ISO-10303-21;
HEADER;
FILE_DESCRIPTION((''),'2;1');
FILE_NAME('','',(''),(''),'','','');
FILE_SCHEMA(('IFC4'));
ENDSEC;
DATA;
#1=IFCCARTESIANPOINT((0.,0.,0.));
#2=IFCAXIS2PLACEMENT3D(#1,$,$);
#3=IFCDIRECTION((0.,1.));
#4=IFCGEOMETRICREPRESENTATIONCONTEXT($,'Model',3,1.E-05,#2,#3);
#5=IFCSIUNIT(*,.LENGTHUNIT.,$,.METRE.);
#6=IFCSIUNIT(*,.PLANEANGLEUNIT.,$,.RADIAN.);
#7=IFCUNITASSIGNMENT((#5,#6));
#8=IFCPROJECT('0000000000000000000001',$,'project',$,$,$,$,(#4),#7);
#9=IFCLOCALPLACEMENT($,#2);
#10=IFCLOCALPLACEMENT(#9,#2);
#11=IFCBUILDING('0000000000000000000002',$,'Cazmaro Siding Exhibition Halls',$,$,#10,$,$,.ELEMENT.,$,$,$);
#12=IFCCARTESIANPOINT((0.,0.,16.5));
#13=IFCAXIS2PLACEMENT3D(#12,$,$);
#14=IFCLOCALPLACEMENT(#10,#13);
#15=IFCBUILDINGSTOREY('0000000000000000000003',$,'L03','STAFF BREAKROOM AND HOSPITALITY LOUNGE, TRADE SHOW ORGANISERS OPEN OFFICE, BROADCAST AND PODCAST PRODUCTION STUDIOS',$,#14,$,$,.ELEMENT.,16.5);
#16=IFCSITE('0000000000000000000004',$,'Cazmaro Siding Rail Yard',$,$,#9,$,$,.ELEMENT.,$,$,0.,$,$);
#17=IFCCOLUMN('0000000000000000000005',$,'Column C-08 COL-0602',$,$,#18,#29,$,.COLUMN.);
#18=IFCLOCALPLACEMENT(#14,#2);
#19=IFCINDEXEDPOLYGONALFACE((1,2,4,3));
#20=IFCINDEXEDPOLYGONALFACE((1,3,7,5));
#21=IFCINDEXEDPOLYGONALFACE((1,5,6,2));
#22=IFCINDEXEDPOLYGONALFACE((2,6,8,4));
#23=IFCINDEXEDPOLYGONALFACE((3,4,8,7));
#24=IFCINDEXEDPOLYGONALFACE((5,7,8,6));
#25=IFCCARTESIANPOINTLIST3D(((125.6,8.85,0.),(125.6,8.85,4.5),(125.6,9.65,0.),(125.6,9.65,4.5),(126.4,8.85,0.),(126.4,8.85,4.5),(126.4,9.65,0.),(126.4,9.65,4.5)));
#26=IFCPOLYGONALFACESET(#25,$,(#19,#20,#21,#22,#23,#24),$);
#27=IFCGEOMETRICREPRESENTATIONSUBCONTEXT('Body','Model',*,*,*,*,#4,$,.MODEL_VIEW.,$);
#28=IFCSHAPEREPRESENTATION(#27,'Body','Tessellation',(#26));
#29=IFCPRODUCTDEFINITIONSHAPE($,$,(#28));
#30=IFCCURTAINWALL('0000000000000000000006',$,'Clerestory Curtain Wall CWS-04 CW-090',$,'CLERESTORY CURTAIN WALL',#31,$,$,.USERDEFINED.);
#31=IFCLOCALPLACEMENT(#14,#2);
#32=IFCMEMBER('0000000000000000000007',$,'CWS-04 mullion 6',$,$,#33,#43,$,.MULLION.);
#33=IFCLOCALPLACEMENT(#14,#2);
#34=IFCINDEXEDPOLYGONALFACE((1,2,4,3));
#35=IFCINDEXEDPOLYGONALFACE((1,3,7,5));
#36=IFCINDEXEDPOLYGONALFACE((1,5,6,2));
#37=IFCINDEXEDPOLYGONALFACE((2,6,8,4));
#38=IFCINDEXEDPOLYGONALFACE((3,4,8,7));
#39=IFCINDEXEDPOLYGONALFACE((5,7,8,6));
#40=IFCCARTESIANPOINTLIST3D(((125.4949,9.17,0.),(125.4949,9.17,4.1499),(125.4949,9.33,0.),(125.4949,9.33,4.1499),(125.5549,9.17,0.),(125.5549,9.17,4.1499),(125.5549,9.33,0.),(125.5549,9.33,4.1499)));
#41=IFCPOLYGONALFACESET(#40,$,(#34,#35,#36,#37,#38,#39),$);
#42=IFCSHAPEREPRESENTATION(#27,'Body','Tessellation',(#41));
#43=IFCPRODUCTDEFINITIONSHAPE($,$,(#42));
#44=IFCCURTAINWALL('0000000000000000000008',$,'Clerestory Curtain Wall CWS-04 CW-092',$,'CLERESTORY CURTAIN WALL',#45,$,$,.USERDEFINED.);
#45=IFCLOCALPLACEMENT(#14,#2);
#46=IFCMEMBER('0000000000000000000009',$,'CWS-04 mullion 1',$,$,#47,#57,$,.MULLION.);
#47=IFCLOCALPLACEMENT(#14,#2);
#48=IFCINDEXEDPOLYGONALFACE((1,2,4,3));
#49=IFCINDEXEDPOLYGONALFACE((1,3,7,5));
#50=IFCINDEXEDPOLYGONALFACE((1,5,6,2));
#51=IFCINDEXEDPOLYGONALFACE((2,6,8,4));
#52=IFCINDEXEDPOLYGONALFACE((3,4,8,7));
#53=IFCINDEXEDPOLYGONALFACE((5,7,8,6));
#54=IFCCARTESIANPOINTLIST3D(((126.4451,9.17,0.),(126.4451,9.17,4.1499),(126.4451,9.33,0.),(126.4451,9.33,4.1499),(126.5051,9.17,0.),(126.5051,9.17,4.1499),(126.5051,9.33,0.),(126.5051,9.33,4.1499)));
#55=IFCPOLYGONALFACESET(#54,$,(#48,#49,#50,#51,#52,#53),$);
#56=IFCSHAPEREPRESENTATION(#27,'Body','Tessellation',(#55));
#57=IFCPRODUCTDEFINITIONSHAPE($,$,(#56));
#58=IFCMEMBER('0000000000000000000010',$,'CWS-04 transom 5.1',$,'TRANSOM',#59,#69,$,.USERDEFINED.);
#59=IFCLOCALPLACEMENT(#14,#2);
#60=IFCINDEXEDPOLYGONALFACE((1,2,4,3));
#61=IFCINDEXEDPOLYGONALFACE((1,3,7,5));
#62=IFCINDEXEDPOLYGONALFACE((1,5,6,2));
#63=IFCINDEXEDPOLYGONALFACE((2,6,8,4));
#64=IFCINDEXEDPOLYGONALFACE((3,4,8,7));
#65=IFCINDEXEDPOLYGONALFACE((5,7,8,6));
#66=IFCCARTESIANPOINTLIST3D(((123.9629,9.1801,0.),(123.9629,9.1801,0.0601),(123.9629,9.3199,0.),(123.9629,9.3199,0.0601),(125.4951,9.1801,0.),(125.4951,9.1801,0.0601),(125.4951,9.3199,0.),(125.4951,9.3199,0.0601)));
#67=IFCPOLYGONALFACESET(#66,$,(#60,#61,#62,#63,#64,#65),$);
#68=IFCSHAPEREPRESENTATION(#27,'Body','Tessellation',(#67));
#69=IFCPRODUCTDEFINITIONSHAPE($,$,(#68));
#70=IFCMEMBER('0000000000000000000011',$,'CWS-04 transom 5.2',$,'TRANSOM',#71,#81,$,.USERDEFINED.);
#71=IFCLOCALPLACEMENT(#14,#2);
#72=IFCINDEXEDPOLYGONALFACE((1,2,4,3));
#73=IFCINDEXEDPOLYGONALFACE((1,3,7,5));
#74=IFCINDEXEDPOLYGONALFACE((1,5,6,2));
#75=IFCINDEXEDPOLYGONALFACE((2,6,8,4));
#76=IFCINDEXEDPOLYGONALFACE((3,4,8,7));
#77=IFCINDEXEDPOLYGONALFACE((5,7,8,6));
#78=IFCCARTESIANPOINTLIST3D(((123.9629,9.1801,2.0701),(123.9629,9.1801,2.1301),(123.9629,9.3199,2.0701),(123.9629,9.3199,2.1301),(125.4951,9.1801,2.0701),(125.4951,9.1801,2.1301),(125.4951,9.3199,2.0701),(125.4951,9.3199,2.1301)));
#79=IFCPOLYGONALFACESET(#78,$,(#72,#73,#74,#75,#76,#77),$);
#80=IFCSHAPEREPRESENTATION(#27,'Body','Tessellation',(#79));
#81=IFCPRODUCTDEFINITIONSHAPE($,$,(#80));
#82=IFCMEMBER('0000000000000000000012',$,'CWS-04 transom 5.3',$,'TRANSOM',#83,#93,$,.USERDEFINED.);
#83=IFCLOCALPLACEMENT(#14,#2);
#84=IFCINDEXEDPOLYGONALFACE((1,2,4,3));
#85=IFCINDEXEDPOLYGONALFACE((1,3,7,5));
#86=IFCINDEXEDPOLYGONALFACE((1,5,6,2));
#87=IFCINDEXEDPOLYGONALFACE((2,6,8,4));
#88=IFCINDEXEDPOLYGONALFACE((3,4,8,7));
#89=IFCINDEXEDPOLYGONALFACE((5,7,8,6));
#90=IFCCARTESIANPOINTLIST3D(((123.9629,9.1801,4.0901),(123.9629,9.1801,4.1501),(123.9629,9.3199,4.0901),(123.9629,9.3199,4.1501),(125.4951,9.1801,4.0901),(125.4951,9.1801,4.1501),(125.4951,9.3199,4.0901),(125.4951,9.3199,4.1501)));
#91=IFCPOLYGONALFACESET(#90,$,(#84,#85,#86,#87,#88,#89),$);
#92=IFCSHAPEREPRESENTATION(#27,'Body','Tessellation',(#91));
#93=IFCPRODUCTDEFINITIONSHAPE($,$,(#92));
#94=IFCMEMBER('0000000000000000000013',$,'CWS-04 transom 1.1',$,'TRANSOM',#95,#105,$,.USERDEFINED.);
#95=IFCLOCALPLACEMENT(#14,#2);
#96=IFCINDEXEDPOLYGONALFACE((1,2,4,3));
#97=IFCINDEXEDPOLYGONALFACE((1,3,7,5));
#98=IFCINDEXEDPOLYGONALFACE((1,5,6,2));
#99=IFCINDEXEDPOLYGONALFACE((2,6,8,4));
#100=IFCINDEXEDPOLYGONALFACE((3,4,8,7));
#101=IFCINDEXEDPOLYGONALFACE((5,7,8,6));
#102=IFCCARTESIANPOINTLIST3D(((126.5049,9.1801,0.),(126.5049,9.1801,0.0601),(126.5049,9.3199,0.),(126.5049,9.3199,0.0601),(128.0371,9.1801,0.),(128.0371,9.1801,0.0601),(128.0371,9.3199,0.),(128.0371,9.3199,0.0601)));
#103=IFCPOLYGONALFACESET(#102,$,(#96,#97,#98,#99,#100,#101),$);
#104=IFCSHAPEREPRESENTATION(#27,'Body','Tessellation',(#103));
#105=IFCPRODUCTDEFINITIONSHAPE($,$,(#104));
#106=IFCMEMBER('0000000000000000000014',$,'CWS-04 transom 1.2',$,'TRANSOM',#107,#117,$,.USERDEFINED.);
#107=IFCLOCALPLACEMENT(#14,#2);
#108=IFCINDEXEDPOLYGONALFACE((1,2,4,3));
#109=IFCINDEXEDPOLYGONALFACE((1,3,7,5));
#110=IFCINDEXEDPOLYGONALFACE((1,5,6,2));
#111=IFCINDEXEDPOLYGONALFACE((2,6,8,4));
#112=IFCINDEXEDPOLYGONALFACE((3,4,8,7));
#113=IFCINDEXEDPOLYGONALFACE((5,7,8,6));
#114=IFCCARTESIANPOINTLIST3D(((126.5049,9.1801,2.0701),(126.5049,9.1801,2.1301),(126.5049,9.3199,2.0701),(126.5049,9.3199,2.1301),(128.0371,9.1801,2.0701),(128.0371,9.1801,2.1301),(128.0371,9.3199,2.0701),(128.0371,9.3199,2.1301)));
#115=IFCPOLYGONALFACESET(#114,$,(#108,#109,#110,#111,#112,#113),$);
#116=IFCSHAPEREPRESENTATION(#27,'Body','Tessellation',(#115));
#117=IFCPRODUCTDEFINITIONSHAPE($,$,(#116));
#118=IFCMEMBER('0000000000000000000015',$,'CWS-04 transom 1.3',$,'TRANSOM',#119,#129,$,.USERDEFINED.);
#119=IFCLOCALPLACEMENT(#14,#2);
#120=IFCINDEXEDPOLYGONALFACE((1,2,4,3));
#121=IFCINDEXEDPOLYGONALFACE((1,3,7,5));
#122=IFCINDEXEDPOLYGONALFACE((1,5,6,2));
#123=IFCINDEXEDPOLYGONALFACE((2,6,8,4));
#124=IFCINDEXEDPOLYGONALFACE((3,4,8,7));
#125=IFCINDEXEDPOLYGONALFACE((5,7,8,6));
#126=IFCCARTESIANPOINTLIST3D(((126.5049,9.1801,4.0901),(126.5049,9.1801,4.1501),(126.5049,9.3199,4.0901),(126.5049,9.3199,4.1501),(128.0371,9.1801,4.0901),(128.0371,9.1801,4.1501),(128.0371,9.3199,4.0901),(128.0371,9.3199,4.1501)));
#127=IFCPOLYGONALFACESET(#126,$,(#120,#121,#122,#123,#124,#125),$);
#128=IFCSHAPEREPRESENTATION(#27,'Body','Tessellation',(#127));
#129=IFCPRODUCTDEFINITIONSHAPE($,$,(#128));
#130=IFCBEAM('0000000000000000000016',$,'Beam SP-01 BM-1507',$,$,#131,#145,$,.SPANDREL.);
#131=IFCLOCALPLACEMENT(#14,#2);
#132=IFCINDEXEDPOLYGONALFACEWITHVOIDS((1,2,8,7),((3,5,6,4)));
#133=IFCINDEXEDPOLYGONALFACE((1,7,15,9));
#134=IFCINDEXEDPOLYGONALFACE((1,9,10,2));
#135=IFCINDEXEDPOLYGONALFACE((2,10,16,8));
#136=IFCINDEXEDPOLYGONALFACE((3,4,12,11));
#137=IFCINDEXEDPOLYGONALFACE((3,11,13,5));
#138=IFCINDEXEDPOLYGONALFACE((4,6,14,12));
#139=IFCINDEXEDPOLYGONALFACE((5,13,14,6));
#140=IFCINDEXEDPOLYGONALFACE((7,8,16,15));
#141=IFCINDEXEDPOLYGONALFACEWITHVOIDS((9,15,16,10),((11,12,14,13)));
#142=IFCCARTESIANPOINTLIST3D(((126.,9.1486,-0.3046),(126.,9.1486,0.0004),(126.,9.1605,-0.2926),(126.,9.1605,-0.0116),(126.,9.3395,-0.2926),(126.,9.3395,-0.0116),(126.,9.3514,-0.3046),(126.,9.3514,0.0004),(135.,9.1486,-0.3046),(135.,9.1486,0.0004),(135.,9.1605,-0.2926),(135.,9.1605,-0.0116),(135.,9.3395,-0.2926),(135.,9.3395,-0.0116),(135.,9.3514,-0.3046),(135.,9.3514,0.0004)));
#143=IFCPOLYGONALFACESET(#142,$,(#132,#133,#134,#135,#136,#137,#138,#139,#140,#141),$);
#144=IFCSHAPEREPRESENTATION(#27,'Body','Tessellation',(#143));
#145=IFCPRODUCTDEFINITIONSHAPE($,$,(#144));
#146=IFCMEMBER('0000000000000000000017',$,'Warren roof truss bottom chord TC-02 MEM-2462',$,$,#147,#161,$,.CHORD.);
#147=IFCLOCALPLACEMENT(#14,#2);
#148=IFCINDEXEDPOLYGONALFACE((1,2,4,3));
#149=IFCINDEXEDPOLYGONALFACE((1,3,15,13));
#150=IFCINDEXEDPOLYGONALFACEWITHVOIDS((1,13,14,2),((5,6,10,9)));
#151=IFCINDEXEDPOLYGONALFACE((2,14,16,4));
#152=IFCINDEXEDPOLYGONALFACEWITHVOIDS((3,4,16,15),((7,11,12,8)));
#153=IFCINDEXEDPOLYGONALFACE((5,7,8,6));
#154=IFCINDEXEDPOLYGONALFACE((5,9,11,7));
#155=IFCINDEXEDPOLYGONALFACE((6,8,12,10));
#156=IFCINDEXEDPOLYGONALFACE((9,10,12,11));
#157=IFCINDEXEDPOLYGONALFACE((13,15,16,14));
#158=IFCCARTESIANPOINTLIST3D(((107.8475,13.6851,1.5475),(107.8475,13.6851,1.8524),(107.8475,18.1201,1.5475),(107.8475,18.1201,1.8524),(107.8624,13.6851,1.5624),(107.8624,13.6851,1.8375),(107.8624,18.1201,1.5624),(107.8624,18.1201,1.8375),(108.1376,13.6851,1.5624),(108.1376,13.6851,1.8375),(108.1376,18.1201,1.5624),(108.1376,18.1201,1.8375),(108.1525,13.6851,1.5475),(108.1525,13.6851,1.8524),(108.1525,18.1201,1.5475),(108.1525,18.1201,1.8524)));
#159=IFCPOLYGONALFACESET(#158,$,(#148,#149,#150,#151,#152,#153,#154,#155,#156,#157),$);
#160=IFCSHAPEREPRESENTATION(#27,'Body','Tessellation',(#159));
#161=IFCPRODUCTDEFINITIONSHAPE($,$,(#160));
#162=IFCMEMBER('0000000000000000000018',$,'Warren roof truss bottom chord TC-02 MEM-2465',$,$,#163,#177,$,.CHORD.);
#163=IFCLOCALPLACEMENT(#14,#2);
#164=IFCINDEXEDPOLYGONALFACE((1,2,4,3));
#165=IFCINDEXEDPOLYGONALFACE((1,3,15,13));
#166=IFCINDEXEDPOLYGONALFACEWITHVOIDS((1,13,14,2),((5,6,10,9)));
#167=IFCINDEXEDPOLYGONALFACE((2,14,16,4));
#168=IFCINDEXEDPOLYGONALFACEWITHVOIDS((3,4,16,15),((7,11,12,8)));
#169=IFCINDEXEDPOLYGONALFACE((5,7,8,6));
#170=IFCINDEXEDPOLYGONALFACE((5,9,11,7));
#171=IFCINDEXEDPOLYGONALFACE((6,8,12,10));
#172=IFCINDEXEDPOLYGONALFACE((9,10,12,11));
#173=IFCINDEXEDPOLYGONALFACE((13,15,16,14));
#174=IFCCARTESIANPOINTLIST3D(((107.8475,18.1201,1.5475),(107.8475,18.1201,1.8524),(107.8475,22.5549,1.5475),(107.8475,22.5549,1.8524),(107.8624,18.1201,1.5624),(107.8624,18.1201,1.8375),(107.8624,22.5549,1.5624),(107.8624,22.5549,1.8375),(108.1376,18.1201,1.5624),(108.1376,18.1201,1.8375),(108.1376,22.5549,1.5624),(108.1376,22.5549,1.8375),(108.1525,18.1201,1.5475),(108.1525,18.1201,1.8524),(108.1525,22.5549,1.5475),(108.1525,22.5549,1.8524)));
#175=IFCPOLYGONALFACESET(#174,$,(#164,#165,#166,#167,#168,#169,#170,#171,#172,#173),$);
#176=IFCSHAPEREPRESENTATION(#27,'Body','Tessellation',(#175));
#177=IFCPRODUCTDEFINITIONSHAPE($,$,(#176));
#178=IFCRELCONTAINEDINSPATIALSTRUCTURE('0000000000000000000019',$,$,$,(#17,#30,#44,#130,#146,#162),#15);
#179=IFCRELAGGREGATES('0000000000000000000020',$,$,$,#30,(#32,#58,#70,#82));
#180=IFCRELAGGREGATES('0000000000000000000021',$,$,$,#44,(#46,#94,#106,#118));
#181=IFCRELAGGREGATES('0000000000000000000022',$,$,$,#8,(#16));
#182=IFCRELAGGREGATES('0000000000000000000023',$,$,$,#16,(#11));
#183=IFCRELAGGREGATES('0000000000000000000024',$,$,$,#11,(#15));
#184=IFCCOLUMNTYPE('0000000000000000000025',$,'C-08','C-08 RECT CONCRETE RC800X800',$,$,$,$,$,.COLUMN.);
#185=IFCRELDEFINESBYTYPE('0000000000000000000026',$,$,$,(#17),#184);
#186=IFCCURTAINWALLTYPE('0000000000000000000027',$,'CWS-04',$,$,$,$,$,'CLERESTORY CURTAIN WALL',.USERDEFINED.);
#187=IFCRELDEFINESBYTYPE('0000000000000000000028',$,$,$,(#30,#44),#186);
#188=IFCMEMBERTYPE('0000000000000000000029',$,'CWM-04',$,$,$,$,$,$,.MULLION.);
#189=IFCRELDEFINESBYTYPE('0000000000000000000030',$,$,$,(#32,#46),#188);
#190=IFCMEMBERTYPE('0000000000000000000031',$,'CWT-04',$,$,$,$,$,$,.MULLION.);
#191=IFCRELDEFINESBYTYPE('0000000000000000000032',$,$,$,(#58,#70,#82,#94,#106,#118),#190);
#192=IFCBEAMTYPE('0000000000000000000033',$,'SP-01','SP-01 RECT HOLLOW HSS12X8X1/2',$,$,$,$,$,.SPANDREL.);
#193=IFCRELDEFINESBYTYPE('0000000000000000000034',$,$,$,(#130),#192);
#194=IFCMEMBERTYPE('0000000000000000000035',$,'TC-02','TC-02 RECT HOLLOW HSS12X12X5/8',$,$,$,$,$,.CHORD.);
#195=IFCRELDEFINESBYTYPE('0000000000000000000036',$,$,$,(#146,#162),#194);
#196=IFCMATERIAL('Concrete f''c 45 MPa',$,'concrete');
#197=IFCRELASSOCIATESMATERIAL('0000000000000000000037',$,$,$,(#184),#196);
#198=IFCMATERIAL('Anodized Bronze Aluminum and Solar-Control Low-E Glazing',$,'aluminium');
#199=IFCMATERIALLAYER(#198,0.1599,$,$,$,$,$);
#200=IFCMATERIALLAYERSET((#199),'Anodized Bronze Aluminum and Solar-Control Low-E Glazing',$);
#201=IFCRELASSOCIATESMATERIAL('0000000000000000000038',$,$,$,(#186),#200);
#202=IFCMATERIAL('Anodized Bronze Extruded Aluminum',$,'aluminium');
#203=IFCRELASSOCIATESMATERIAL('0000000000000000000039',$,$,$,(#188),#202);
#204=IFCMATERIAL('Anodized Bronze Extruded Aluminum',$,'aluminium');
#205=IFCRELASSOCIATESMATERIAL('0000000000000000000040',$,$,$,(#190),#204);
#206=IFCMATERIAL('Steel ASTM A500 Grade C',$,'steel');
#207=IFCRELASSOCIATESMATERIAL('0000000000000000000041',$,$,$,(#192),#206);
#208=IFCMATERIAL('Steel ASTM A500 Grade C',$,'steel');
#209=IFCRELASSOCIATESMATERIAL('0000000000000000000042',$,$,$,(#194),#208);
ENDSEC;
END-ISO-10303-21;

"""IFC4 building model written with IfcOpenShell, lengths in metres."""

from ifc_helpers import new_model, si_unit, direction, frame, origin, origin_2d, place, context, subcontext, project, spatial, rectangle, hollow_rectangle, extrude, material, layer, layer_set, material_profile, profile_set, type_object, element, aggregate, save


model = new_model("IFC4")

# Units and contexts
model_context = context("Model", 3, precision=1e-05, world=origin(), true_north=direction((0.0, 1.0)))
body_context = subcontext(model_context, "Body", "Model", "MODEL_VIEW")
ifc_project = project(units=[si_unit("LENGTHUNIT", "METRE"), si_unit("PLANEANGLEUNIT", "RADIAN")], contexts=[model_context])

# Site, building, storey
site_placement = place(None, origin())
site = spatial("IfcSite", under=ifc_project, at=site_placement, Name="Cazmaro Siding Rail Yard", CompositionType="ELEMENT", RefElevation=0.0)
building_placement = place(site_placement, origin())
building = spatial("IfcBuilding", under=site, at=building_placement, Name="Cazmaro Siding Exhibition Halls", CompositionType="ELEMENT")
storey_placement = place(building_placement, frame((0.0, 0.0, 16.5)))
storey = spatial("IfcBuildingStorey", under=building, at=storey_placement, Name="L03", Description="STAFF BREAKROOM AND HOSPITALITY LOUNGE, TRADE SHOW ORGANISERS OPEN OFFICE, BROADCAST AND PODCAST PRODUCTION STUDIOS", CompositionType="ELEMENT", Elevation=16.5)

# Column
ifc_material_1 = material(Name="Concrete f'c 45 MPa", Category="concrete")
ifc_material_profile_1 = material_profile(ifc_material_1, rectangle(XDim=0.8, YDim=0.8, at=origin_2d()), Name="RC800X800")
ifc_profile_set_1 = profile_set([ifc_material_profile_1], Name="Concrete f'c 45 MPa")
column_type = type_object("IfcColumnType", Name="C-08", Description="C-08 RECT CONCRETE RC800X800", PredefinedType="COLUMN", material=ifc_profile_set_1)
column_placement = place(storey_placement, frame((126.0, 9.25, 0.0), z_axis=(0.0, 0.0, 1.0), x_axis=(1.0, 0.0, 0.0)))
element("IfcColumn", 1, at=column_placement, inside=storey, type_object=column_type, Name="Column C-08 COL-0602", PredefinedType="COLUMN", context=body_context, shape_type="SweptSolid", body=[
    extrude(rectangle(XDim=0.8, YDim=0.8, at=origin_2d()), origin(), (0.0, 0.0, 1.0), 4.5),
])

# Curtain walls, members
ifc_material_2 = material(Name="Anodized Bronze Aluminum and Solar-Control Low-E Glazing", Category="aluminium")
ifc_layer_1 = layer(ifc_material_2, 0.1599)
ifc_layer_set_1 = layer_set([ifc_layer_1], Name="Anodized Bronze Aluminum and Solar-Control Low-E Glazing")
curtain_wall_type = type_object("IfcCurtainWallType", Name="CWS-04", ElementType="CLERESTORY CURTAIN WALL", PredefinedType="USERDEFINED", material=ifc_layer_set_1)
curtain_wall_1_placement = place(storey_placement, origin())
curtain_wall_1 = element("IfcCurtainWall", 2, at=curtain_wall_1_placement, inside=storey, type_object=curtain_wall_type, Name="Clerestory Curtain Wall CWS-04 CW-090", ObjectType="CLERESTORY CURTAIN WALL", PredefinedType="USERDEFINED")
ifc_material_3 = material(Name="Anodized Bronze Extruded Aluminum", Category="aluminium")
ifc_material_profile_2 = material_profile(ifc_material_3, rectangle(XDim=0.1599, YDim=0.0601, at=origin_2d()), Name="CWM-04")
ifc_profile_set_2 = profile_set([ifc_material_profile_2], Name="Anodized Bronze Extruded Aluminum")
member_type_1 = type_object("IfcMemberType", Name="CWM-04", PredefinedType="MULLION", material=ifc_profile_set_2)
member_1_placement = place(storey_placement, frame((125.5249, 9.25, 0.0), z_axis=(0.0, 0.0, 1.0), x_axis=(0.0, 1.0, 0.0)))
member_1 = element("IfcMember", 3, at=member_1_placement, type_object=member_type_1, Name="CWS-04 mullion 6", PredefinedType="MULLION", context=body_context, shape_type="SweptSolid", body=[
    extrude(rectangle(XDim=0.1599, YDim=0.0601, at=origin_2d()), origin(), (0.0, 0.0, 1.0), 4.1499),
])
curtain_wall_2_placement = place(storey_placement, origin())
curtain_wall_2 = element("IfcCurtainWall", 4, at=curtain_wall_2_placement, inside=storey, type_object=curtain_wall_type, Name="Clerestory Curtain Wall CWS-04 CW-092", ObjectType="CLERESTORY CURTAIN WALL", PredefinedType="USERDEFINED")
member_2_placement = place(storey_placement, frame((126.4751, 9.25, 0.0), z_axis=(0.0, 0.0, 1.0), x_axis=(0.0, 1.0, 0.0)))
member_2 = element("IfcMember", 5, at=member_2_placement, type_object=member_type_1, Name="CWS-04 mullion 1", PredefinedType="MULLION", context=body_context, shape_type="SweptSolid", body=[
    extrude(rectangle(XDim=0.1599, YDim=0.0601, at=origin_2d()), origin(), (0.0, 0.0, 1.0), 4.1499),
])

# Members
ifc_material_4 = material(Name="Anodized Bronze Extruded Aluminum", Category="aluminium")
ifc_material_profile_3 = material_profile(ifc_material_4, rectangle(XDim=0.1399, YDim=0.0601, at=origin_2d()), Name="CWT-04")
ifc_profile_set_3 = profile_set([ifc_material_profile_3], Name="Anodized Bronze Extruded Aluminum")
member_type_2 = type_object("IfcMemberType", Name="CWT-04", PredefinedType="MULLION", material=ifc_profile_set_3)
member_3_placement = place(storey_placement, frame((123.9629, 9.25, 0.03), z_axis=(1.0, 0.0, 0.0), x_axis=(0.0, 1.0, 0.0)))
member_3 = element("IfcMember", 6, at=member_3_placement, type_object=member_type_2, Name="CWS-04 transom 5.1", ObjectType="TRANSOM", PredefinedType="USERDEFINED", context=body_context, shape_type="SweptSolid", body=[
    extrude(rectangle(XDim=0.1399, YDim=0.0601, at=origin_2d()), origin(), (0.0, 0.0, 1.0), 1.5322),
])
member_4_placement = place(storey_placement, frame((123.9629, 9.25, 2.1001), z_axis=(1.0, 0.0, 0.0), x_axis=(0.0, 1.0, 0.0)))
member_4 = element("IfcMember", 7, at=member_4_placement, type_object=member_type_2, Name="CWS-04 transom 5.2", ObjectType="TRANSOM", PredefinedType="USERDEFINED", context=body_context, shape_type="SweptSolid", body=[
    extrude(rectangle(XDim=0.1399, YDim=0.0601, at=origin_2d()), origin(), (0.0, 0.0, 1.0), 1.5322),
])
member_5_placement = place(storey_placement, frame((123.9629, 9.25, 4.1201), z_axis=(1.0, 0.0, 0.0), x_axis=(0.0, 1.0, 0.0)))
member_5 = element("IfcMember", 8, at=member_5_placement, type_object=member_type_2, Name="CWS-04 transom 5.3", ObjectType="TRANSOM", PredefinedType="USERDEFINED", context=body_context, shape_type="SweptSolid", body=[
    extrude(rectangle(XDim=0.1399, YDim=0.0601, at=origin_2d()), origin(), (0.0, 0.0, 1.0), 1.5322),
])
member_6_placement = place(storey_placement, frame((126.5049, 9.25, 0.03), z_axis=(1.0, 0.0, 0.0), x_axis=(0.0, 1.0, 0.0)))
member_6 = element("IfcMember", 9, at=member_6_placement, type_object=member_type_2, Name="CWS-04 transom 1.1", ObjectType="TRANSOM", PredefinedType="USERDEFINED", context=body_context, shape_type="SweptSolid", body=[
    extrude(rectangle(XDim=0.1399, YDim=0.0601, at=origin_2d()), origin(), (0.0, 0.0, 1.0), 1.5322),
])
member_7_placement = place(storey_placement, frame((126.5049, 9.25, 2.1001), z_axis=(1.0, 0.0, 0.0), x_axis=(0.0, 1.0, 0.0)))
member_7 = element("IfcMember", 10, at=member_7_placement, type_object=member_type_2, Name="CWS-04 transom 1.2", ObjectType="TRANSOM", PredefinedType="USERDEFINED", context=body_context, shape_type="SweptSolid", body=[
    extrude(rectangle(XDim=0.1399, YDim=0.0601, at=origin_2d()), origin(), (0.0, 0.0, 1.0), 1.5322),
])
member_8_placement = place(storey_placement, frame((126.5049, 9.25, 4.1201), z_axis=(1.0, 0.0, 0.0), x_axis=(0.0, 1.0, 0.0)))
member_8 = element("IfcMember", 11, at=member_8_placement, type_object=member_type_2, Name="CWS-04 transom 1.3", ObjectType="TRANSOM", PredefinedType="USERDEFINED", context=body_context, shape_type="SweptSolid", body=[
    extrude(rectangle(XDim=0.1399, YDim=0.0601, at=origin_2d()), origin(), (0.0, 0.0, 1.0), 1.5322),
])

# Beam
ifc_material_5 = material(Name="Steel ASTM A500 Grade C", Category="steel")
ifc_material_profile_4 = material_profile(ifc_material_5, hollow_rectangle(XDim=0.2029, YDim=0.3049, WallThickness=0.012, at=origin_2d()), Name="HSS12X8X1/2")
ifc_profile_set_4 = profile_set([ifc_material_profile_4], Name="Steel ASTM A500 Grade C")
beam_type = type_object("IfcBeamType", Name="SP-01", Description="SP-01 RECT HOLLOW HSS12X8X1/2", PredefinedType="SPANDREL", material=ifc_profile_set_4)
beam_placement = place(storey_placement, frame((126.0, 9.25, -0.1521), z_axis=(1.0, 0.0, 0.0), x_axis=(0.0, 1.0, 0.0)))
element("IfcBeam", 12, at=beam_placement, inside=storey, type_object=beam_type, Name="Beam SP-01 BM-1507", PredefinedType="SPANDREL", context=body_context, shape_type="SweptSolid", body=[
    extrude(hollow_rectangle(XDim=0.2029, YDim=0.3049, WallThickness=0.012, at=origin_2d()), origin(), (0.0, 0.0, 1.0), 9.0),
])

# Members
ifc_material_6 = material(Name="Steel ASTM A500 Grade C", Category="steel")
ifc_material_profile_5 = material_profile(ifc_material_6, hollow_rectangle(XDim=0.3049, YDim=0.3049, WallThickness=0.0149, at=origin_2d()), Name="HSS12X12X5/8")
ifc_profile_set_5 = profile_set([ifc_material_profile_5], Name="Steel ASTM A500 Grade C")
member_type_3 = type_object("IfcMemberType", Name="TC-02", Description="TC-02 RECT HOLLOW HSS12X12X5/8", PredefinedType="CHORD", material=ifc_profile_set_5)
member_9_placement = place(storey_placement, frame((108.0, 13.6851, 1.7), z_axis=(0.0, 1.0, 0.0), x_axis=(-1.0, 0.0, 0.0)))
element("IfcMember", 13, at=member_9_placement, inside=storey, type_object=member_type_3, Name="Warren roof truss bottom chord TC-02 MEM-2462", PredefinedType="CHORD", context=body_context, shape_type="SweptSolid", body=[
    extrude(hollow_rectangle(XDim=0.3049, YDim=0.3049, WallThickness=0.0149, at=origin_2d()), origin(), (0.0, 0.0, 1.0), 4.4351),
])
member_10_placement = place(storey_placement, frame((108.0, 18.1201, 1.7), z_axis=(0.0, 1.0, 0.0), x_axis=(-1.0, 0.0, 0.0)))
element("IfcMember", 14, at=member_10_placement, inside=storey, type_object=member_type_3, Name="Warren roof truss bottom chord TC-02 MEM-2465", PredefinedType="CHORD", context=body_context, shape_type="SweptSolid", body=[
    extrude(hollow_rectangle(XDim=0.3049, YDim=0.3049, WallThickness=0.0149, at=origin_2d()), origin(), (0.0, 0.0, 1.0), 4.4348),
])

aggregate(curtain_wall_1, [member_1, member_3, member_4, member_5])
aggregate(curtain_wall_2, [member_2, member_6, member_7, member_8])

save(model, "model.ifc")
